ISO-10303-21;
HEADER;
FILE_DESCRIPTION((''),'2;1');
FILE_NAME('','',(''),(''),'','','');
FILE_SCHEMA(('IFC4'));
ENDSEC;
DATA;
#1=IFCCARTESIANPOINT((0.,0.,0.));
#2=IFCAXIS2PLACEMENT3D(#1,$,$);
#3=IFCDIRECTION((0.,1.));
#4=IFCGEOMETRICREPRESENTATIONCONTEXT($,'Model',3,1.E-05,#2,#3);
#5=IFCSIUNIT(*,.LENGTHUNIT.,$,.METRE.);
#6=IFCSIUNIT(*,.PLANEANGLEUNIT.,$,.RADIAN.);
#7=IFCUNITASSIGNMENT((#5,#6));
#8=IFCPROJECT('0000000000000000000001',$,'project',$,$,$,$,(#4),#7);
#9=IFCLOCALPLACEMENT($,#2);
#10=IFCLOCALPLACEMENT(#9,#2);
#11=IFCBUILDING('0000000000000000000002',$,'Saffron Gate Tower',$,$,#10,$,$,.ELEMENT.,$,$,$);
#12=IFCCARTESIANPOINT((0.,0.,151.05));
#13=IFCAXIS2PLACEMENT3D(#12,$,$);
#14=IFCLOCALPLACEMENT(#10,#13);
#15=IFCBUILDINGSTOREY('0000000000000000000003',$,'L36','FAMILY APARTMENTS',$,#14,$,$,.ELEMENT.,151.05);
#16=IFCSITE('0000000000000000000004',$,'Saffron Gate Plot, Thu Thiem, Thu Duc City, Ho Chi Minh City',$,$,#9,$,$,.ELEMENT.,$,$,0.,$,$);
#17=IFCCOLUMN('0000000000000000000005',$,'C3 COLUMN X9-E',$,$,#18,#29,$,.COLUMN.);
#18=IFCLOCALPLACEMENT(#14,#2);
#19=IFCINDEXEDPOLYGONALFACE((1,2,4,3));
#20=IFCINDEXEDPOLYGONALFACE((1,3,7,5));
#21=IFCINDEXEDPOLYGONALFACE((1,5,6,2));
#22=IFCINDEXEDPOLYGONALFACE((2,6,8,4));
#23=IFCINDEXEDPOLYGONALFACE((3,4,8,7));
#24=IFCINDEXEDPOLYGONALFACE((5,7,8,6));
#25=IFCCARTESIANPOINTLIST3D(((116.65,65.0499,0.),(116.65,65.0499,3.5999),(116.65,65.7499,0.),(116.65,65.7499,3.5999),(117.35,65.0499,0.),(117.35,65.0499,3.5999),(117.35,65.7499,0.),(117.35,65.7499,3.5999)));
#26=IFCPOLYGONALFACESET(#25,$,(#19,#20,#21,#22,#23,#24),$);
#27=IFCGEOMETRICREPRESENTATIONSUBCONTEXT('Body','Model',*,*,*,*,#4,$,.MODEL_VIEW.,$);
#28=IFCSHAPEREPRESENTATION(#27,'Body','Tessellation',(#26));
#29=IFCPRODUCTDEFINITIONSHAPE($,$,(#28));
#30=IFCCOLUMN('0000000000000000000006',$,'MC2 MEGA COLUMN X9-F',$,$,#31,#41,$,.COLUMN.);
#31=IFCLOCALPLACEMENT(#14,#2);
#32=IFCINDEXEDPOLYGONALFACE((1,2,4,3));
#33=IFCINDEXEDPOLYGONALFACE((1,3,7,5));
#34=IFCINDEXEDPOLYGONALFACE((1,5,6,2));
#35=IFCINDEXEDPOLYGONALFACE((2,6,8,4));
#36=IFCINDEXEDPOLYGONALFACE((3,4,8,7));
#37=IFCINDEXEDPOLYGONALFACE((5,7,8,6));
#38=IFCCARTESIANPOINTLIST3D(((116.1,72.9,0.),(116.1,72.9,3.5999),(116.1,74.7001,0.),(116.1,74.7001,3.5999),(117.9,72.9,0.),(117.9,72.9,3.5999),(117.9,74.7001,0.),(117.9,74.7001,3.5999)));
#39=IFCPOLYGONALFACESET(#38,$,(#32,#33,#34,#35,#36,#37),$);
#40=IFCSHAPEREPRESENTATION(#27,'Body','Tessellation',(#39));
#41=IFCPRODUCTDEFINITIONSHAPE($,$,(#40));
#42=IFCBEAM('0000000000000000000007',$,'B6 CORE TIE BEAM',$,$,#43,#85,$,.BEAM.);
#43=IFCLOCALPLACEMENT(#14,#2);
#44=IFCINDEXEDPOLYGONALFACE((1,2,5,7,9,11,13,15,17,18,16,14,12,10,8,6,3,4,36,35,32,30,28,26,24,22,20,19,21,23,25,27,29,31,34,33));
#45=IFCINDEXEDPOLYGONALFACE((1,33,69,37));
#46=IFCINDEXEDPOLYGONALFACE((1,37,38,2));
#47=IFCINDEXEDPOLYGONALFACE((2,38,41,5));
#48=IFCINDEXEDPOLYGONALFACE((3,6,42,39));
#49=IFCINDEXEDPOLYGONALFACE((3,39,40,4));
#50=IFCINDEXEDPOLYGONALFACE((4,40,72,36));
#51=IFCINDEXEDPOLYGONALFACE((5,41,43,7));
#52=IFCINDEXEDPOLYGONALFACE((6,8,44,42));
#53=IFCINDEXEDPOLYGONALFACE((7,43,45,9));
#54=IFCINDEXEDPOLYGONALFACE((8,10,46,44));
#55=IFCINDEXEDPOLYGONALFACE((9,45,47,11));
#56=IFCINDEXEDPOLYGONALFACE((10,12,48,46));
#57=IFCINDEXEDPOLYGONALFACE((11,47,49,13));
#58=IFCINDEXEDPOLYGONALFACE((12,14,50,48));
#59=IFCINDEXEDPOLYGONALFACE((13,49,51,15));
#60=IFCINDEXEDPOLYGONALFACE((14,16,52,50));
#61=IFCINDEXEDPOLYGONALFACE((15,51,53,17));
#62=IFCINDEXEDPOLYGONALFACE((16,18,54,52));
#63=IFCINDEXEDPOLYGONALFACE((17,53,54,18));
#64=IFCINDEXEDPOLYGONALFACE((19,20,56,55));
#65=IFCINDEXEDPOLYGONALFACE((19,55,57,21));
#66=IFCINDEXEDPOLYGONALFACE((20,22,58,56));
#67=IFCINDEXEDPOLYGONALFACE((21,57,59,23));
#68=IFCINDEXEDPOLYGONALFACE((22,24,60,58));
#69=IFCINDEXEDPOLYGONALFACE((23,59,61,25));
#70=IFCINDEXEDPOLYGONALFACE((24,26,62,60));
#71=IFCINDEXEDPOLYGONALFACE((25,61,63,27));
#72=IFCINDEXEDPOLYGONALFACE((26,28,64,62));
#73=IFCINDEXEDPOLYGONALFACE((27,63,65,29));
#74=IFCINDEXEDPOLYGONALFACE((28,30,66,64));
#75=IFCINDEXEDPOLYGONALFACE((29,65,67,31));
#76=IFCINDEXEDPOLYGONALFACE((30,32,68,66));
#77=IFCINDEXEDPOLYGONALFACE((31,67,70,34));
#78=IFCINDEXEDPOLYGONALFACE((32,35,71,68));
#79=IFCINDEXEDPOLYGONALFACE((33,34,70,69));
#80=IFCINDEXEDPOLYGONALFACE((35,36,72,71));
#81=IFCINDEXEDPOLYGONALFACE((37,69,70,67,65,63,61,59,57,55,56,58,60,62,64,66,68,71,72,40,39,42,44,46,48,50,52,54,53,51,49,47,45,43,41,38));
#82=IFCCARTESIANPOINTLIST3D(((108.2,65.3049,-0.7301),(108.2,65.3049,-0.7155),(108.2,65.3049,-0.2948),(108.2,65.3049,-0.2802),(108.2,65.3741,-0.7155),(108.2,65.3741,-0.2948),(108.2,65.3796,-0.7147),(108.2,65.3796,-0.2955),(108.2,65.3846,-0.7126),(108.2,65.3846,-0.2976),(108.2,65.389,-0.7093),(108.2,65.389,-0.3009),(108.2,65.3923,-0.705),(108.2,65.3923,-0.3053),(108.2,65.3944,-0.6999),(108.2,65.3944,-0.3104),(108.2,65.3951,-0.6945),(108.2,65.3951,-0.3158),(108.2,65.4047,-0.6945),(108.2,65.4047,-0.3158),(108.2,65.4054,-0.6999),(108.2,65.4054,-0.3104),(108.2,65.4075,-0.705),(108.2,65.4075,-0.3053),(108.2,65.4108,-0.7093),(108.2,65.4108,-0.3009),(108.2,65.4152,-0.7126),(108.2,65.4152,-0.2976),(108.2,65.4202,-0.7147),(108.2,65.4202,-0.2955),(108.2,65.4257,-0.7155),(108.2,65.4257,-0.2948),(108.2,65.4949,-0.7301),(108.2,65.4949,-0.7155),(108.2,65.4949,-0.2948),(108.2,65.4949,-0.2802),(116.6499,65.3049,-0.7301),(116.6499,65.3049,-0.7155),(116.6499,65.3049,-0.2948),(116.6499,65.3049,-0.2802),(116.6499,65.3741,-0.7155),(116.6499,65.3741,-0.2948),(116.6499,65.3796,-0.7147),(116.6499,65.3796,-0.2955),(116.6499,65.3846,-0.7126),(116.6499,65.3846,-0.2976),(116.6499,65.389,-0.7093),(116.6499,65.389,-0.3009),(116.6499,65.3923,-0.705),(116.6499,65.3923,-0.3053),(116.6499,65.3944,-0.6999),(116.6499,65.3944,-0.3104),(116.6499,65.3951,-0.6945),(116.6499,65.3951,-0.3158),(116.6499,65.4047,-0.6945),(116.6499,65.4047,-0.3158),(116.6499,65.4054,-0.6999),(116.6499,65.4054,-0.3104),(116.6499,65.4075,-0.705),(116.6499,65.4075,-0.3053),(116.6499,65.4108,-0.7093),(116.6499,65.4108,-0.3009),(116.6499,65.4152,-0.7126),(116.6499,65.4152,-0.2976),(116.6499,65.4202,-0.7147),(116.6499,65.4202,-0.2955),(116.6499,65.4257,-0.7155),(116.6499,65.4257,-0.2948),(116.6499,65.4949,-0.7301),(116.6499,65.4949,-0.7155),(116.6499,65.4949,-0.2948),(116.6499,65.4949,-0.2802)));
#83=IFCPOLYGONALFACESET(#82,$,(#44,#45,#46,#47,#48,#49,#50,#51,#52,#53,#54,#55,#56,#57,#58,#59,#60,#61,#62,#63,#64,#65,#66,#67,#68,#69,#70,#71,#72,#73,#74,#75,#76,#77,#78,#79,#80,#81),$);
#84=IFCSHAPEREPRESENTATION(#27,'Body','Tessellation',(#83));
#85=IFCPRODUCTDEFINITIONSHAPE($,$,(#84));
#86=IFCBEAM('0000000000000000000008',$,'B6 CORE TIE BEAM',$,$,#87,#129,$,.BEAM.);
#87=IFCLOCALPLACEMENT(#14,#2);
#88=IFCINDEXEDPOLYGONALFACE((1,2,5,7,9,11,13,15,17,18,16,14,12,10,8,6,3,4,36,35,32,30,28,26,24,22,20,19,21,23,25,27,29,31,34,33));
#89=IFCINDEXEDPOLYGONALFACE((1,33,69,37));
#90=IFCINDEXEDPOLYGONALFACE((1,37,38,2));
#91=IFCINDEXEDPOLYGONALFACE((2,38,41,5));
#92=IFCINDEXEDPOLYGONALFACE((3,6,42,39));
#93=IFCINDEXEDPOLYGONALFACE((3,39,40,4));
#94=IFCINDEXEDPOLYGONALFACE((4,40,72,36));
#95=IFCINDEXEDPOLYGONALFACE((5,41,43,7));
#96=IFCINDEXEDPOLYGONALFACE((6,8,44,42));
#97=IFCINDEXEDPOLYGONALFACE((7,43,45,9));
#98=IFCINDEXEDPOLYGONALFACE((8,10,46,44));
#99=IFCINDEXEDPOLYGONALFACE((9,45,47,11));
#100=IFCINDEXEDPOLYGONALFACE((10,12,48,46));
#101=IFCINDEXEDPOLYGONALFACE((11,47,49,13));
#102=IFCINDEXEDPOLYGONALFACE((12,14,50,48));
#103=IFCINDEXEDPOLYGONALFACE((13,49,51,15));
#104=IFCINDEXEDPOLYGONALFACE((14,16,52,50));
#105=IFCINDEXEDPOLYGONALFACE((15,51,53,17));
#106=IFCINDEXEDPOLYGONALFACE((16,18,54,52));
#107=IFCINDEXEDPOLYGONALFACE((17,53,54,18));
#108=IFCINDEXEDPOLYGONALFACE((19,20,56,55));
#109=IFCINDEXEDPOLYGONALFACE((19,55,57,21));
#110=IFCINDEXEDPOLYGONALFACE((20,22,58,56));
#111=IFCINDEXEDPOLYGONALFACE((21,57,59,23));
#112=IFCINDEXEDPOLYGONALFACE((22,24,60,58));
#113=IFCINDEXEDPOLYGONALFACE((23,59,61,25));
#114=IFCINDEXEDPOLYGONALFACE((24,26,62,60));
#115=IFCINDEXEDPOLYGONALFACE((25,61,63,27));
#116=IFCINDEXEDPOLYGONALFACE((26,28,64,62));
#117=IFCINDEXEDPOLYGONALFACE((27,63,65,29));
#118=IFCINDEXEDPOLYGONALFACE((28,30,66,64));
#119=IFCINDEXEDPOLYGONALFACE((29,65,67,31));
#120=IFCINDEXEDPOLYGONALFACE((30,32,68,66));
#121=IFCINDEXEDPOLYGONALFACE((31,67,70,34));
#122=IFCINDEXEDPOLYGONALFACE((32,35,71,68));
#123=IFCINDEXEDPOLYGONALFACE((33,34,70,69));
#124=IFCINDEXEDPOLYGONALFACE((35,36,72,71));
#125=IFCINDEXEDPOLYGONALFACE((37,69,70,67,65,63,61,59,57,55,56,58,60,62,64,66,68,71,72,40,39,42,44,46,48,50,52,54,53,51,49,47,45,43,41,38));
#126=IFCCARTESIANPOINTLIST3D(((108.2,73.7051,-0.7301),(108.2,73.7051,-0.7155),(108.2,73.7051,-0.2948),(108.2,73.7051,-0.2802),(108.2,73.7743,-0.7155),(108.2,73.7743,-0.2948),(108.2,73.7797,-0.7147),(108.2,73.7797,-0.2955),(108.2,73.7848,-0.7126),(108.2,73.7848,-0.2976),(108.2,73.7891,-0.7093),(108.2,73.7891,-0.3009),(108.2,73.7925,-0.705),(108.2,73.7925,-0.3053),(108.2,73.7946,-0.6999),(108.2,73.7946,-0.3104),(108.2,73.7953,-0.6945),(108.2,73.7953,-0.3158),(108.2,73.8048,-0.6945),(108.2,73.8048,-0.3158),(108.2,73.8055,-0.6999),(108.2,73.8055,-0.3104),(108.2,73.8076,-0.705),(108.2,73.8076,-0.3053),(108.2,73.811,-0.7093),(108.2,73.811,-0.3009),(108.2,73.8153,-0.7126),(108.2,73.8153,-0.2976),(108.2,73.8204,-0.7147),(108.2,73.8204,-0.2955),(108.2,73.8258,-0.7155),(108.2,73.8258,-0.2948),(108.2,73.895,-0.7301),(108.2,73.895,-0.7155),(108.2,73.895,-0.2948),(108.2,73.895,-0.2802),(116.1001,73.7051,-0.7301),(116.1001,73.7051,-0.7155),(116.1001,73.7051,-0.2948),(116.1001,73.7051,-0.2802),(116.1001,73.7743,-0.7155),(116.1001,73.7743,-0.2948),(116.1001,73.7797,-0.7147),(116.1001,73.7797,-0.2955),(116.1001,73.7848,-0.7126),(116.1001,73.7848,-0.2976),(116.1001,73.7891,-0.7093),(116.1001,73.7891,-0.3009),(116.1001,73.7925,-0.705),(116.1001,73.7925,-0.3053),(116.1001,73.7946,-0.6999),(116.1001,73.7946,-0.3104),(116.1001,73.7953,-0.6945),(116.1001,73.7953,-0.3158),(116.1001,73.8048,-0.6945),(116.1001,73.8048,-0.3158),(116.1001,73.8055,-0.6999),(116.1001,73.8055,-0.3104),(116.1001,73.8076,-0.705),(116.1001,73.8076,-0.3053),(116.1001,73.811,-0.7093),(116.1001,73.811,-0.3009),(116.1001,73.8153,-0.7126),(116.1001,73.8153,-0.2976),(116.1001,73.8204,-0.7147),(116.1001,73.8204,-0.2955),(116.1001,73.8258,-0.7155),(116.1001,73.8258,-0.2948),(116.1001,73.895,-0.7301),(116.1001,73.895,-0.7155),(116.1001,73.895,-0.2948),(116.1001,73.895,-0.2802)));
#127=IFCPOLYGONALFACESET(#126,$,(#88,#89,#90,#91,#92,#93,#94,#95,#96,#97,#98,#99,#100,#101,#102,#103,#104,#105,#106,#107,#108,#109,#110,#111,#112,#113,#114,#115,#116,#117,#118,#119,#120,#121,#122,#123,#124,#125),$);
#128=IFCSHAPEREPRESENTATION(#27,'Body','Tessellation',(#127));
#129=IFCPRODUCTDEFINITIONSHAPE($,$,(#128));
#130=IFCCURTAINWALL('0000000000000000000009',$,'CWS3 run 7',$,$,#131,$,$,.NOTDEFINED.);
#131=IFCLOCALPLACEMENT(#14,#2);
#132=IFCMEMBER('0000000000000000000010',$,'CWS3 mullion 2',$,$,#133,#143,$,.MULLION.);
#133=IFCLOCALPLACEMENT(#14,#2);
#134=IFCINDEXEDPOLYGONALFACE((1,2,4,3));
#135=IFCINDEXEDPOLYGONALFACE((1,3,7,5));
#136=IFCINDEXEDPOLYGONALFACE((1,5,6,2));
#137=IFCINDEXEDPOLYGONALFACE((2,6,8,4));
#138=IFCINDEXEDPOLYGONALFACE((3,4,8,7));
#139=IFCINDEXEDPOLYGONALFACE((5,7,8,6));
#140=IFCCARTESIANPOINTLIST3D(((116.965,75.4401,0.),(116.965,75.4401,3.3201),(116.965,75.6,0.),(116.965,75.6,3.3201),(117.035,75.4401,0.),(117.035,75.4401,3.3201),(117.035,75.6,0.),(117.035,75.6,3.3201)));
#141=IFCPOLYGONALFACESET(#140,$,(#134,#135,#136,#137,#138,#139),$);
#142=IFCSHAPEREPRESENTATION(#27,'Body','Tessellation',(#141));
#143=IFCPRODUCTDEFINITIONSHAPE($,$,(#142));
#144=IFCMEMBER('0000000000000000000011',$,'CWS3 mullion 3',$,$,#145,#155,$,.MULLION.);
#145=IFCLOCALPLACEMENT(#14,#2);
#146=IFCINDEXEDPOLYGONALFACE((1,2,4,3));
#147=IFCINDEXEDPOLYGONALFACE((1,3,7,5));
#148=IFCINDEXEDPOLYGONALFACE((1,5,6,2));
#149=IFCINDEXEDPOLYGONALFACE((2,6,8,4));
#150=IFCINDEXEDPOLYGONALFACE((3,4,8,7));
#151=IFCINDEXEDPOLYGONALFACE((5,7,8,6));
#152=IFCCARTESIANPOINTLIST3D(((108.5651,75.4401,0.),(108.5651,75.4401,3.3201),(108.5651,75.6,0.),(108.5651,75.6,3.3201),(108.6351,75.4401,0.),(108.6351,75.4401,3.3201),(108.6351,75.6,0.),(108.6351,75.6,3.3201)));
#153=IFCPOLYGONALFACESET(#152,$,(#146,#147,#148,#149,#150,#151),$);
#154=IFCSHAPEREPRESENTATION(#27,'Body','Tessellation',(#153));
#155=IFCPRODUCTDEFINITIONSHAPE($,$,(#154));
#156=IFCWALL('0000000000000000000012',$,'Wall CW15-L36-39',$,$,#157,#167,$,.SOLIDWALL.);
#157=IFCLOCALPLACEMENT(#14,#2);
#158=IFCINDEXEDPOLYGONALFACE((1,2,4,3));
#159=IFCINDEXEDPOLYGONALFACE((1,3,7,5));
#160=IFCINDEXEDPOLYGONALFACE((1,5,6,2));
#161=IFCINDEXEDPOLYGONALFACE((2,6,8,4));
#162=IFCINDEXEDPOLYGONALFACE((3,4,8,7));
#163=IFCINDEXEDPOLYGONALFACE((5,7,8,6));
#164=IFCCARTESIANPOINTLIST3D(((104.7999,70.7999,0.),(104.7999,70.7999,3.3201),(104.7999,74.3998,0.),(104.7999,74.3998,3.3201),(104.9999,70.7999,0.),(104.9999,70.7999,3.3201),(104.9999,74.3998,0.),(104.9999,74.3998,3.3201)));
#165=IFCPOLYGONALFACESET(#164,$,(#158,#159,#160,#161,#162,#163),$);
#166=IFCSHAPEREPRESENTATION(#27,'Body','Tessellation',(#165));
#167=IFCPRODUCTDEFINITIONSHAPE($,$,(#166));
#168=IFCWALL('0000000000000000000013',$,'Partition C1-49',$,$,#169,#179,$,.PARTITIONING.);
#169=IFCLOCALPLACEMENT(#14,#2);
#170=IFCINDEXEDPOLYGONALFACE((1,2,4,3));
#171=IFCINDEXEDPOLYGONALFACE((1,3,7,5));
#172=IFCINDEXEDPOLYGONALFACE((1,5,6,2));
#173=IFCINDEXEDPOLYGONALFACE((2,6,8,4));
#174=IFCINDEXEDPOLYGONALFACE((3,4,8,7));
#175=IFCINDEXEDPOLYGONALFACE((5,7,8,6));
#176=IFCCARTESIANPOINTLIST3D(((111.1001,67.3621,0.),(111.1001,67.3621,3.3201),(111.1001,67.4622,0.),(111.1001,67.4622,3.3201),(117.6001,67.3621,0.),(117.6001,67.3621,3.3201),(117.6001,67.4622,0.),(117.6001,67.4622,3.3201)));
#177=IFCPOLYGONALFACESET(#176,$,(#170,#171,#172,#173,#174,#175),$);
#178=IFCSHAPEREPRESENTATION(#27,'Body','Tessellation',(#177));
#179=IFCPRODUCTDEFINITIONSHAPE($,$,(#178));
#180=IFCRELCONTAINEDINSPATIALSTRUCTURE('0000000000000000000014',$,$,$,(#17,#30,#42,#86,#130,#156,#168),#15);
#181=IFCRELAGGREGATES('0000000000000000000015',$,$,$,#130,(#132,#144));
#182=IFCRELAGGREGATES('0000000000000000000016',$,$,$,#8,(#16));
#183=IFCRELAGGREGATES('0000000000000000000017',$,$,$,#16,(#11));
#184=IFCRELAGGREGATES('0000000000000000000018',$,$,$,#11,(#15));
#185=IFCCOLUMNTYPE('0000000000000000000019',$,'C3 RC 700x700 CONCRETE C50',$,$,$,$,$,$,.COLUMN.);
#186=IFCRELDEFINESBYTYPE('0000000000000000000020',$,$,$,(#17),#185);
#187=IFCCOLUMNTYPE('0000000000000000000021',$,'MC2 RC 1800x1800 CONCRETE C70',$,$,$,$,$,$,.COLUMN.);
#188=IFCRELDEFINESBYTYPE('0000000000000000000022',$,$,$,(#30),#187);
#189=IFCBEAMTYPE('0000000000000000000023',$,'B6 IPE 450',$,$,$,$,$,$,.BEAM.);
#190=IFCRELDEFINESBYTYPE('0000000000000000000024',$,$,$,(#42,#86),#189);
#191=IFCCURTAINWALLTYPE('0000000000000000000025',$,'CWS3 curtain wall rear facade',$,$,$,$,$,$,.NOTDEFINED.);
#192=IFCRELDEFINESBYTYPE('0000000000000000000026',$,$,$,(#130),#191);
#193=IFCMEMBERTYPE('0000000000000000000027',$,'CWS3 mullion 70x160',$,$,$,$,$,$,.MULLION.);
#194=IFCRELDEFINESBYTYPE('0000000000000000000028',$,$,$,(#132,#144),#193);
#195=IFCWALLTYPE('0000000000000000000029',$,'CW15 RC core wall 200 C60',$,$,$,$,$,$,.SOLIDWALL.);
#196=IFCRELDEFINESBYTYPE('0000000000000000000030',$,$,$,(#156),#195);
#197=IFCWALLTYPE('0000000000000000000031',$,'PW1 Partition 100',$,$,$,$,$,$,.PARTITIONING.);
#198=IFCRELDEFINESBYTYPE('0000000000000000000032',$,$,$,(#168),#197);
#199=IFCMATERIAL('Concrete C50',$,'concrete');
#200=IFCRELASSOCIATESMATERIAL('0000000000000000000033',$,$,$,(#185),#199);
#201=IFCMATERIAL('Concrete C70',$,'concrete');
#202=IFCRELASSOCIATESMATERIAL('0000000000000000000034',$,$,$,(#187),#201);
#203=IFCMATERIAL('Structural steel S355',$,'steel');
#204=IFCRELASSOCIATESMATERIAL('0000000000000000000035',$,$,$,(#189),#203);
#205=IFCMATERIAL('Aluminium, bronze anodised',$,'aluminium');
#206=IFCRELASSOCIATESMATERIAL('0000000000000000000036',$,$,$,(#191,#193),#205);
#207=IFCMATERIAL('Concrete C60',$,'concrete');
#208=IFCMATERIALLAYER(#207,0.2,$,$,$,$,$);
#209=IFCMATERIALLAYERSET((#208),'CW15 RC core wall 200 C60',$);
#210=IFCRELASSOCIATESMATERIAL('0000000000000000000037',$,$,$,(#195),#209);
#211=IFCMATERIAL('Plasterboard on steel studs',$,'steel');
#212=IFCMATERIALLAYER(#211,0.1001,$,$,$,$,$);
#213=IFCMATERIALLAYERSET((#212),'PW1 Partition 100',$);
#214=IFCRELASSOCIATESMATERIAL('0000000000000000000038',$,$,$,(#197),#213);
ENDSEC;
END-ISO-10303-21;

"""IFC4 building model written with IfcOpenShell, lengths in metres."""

from ifc_helpers import new_model, si_unit, direction, frame, frame_2d, origin, origin_2d, place, context, subcontext, project, spatial, rectangle, i_section, extrude, material, layer, layer_set, material_profile, profile_set, type_object, element, aggregate, save


model = new_model("IFC4")

# Units and contexts
model_context = context("Model", 3, precision=1e-05, world=origin(), true_north=direction((0.0, 1.0)))
body_context = subcontext(model_context, "Body", "Model", "MODEL_VIEW")
ifc_project = project(units=[si_unit("LENGTHUNIT", "METRE"), si_unit("PLANEANGLEUNIT", "RADIAN")], contexts=[model_context])

# Site, building, storey
site_placement = place(None, origin())
site = spatial("IfcSite", under=ifc_project, at=site_placement, Name="Saffron Gate Plot, Thu Thiem, Thu Duc City, Ho Chi Minh City", CompositionType="ELEMENT", RefElevation=0.0)
building_placement = place(site_placement, origin())
building = spatial("IfcBuilding", under=site, at=building_placement, Name="Saffron Gate Tower", CompositionType="ELEMENT")
storey_placement = place(building_placement, frame((0.0, 0.0, 151.05)))
storey = spatial("IfcBuildingStorey", under=building, at=storey_placement, Name="L36", Description="FAMILY APARTMENTS", CompositionType="ELEMENT", Elevation=151.05)

# Columns
ifc_material_1 = material(Name="Concrete C50", Category="concrete")
ifc_material_profile_1 = material_profile(ifc_material_1, rectangle(XDim=0.7, YDim=0.7, at=origin_2d()))
ifc_profile_set_1 = profile_set([ifc_material_profile_1], Name="Concrete C50")
column_type_1 = type_object("IfcColumnType", Name="C3 RC 700x700 CONCRETE C50", PredefinedType="COLUMN", material=ifc_profile_set_1)
column_1_placement = place(storey_placement, frame((117.0, 65.3999, 0.0), z_axis=(0.0, 0.0, 1.0), x_axis=(1.0, 0.0, 0.0)))
element("IfcColumn", 1, at=column_1_placement, inside=storey, type_object=column_type_1, Name="C3 COLUMN X9-E", PredefinedType="COLUMN", context=body_context, shape_type="SweptSolid", body=[
    extrude(rectangle(XDim=0.7, YDim=0.7, at=origin_2d()), origin(), (0.0, 0.0, 1.0), 3.5999),
])
ifc_material_2 = material(Name="Concrete C70", Category="concrete")
ifc_material_profile_2 = material_profile(ifc_material_2, rectangle(XDim=1.8, YDim=1.8, at=origin_2d()))
ifc_profile_set_2 = profile_set([ifc_material_profile_2], Name="Concrete C70")
column_type_2 = type_object("IfcColumnType", Name="MC2 RC 1800x1800 CONCRETE C70", PredefinedType="COLUMN", material=ifc_profile_set_2)
column_2_placement = place(storey_placement, frame((117.0, 73.8, 0.0), z_axis=(0.0, 0.0, 1.0), x_axis=(1.0, 0.0, 0.0)))
element("IfcColumn", 2, at=column_2_placement, inside=storey, type_object=column_type_2, Name="MC2 MEGA COLUMN X9-F", PredefinedType="COLUMN", context=body_context, shape_type="SweptSolid", body=[
    extrude(rectangle(XDim=1.8, YDim=1.8, at=origin_2d()), origin(), (0.0, 0.0, 1.0), 3.5999),
])

# Beams
ifc_material_3 = material(Name="Structural steel S355", Category="steel")
ifc_material_profile_3 = material_profile(ifc_material_3, i_section(OverallWidth=0.1899, OverallDepth=0.45, WebThickness=0.0095, FlangeThickness=0.0146, FilletRadius=0.021, at=origin_2d()))
ifc_profile_set_3 = profile_set([ifc_material_profile_3], Name="Structural steel S355")
beam_type = type_object("IfcBeamType", Name="B6 IPE 450", PredefinedType="BEAM", material=ifc_profile_set_3)
beam_1_placement = place(storey_placement, frame((116.6499, 65.3999, -0.5051), z_axis=(-1.0, 0.0, 0.0), x_axis=(0.0, -1.0, 0.0)))
element("IfcBeam", 3, at=beam_1_placement, inside=storey, type_object=beam_type, Name="B6 CORE TIE BEAM", PredefinedType="BEAM", context=body_context, shape_type="SweptSolid", body=[
    extrude(i_section(OverallWidth=0.1899, OverallDepth=0.45, WebThickness=0.0095, FlangeThickness=0.0146, FilletRadius=0.021, at=origin_2d()), origin(), (0.0, 0.0, 1.0), 8.45),
])
beam_2_placement = place(storey_placement, frame((116.1001, 73.8, -0.5051), z_axis=(-1.0, 0.0, 0.0), x_axis=(0.0, -1.0, 0.0)))
element("IfcBeam", 4, at=beam_2_placement, inside=storey, type_object=beam_type, Name="B6 CORE TIE BEAM", PredefinedType="BEAM", context=body_context, shape_type="SweptSolid", body=[
    extrude(i_section(OverallWidth=0.1899, OverallDepth=0.45, WebThickness=0.0095, FlangeThickness=0.0146, FilletRadius=0.021, at=origin_2d()), origin(), (0.0, 0.0, 1.0), 7.9001),
])

# Curtain wall, members
ifc_material_4 = material(Name="Aluminium, bronze anodised", Category="aluminium")
curtain_wall_type = type_object("IfcCurtainWallType", Name="CWS3 curtain wall rear facade", PredefinedType="NOTDEFINED", material=ifc_material_4)
curtain_wall_placement = place(storey_placement, origin())
curtain_wall = element("IfcCurtainWall", 5, at=curtain_wall_placement, inside=storey, type_object=curtain_wall_type, Name="CWS3 run 7", PredefinedType="NOTDEFINED")
ifc_material_profile_4 = material_profile(ifc_material_4, rectangle(XDim=0.1599, YDim=0.0701, at=origin_2d()))
ifc_profile_set_4 = profile_set([ifc_material_profile_4], Name="Aluminium, bronze anodised")
member_type = type_object("IfcMemberType", Name="CWS3 mullion 70x160", PredefinedType="MULLION", material=ifc_profile_set_4)
member_1_placement = place(storey_placement, frame((117.0, 75.52, 0.0), z_axis=(0.0, 0.0, 1.0), x_axis=(0.0, -1.0, 0.0)))
member_1 = element("IfcMember", 6, at=member_1_placement, type_object=member_type, Name="CWS3 mullion 2", PredefinedType="MULLION", context=body_context, shape_type="SweptSolid", body=[
    extrude(rectangle(XDim=0.1599, YDim=0.0701, at=origin_2d()), origin(), (0.0, 0.0, 1.0), 3.3201),
])
member_2_placement = place(storey_placement, frame((108.6001, 75.52, 0.0), z_axis=(0.0, 0.0, 1.0), x_axis=(0.0, -1.0, 0.0)))
member_2 = element("IfcMember", 7, at=member_2_placement, type_object=member_type, Name="CWS3 mullion 3", PredefinedType="MULLION", context=body_context, shape_type="SweptSolid", body=[
    extrude(rectangle(XDim=0.1599, YDim=0.0701, at=origin_2d()), origin(), (0.0, 0.0, 1.0), 3.3201),
])
aggregate(curtain_wall, [member_1, member_2])

# Walls
ifc_material_5 = material(Name="Concrete C60", Category="concrete")
ifc_layer_1 = layer(ifc_material_5, 0.2)
ifc_layer_set_1 = layer_set([ifc_layer_1], Name="CW15 RC core wall 200 C60")
wall_type_1 = type_object("IfcWallType", Name="CW15 RC core wall 200 C60", PredefinedType="SOLIDWALL", material=ifc_layer_set_1)
wall_1_placement = place(storey_placement, frame((104.8999, 70.8, 0.0), z_axis=(0.0, 0.0, 1.0), x_axis=(0.0, 1.0, 0.0)))
element("IfcWall", 8, at=wall_1_placement, inside=storey, type_object=wall_type_1, Name="Wall CW15-L36-39", PredefinedType="SOLIDWALL", context=body_context, shape_type="SweptSolid", body=[
    extrude(rectangle(XDim=3.5999, YDim=0.2, at=frame_2d((1.7998, 0.0))), origin(), (0.0, 0.0, 1.0), 3.3201),
])
ifc_material_6 = material(Name="Plasterboard on steel studs", Category="steel")
ifc_layer_2 = layer(ifc_material_6, 0.1001)
ifc_layer_set_2 = layer_set([ifc_layer_2], Name="PW1 Partition 100")
wall_type_2 = type_object("IfcWallType", Name="PW1 Partition 100", PredefinedType="PARTITIONING", material=ifc_layer_set_2)
wall_2_placement = place(storey_placement, frame((111.1001, 67.4121, 0.0), z_axis=(0.0, 0.0, 1.0), x_axis=(1.0, 0.0, 0.0)))
element("IfcWall", 9, at=wall_2_placement, inside=storey, type_object=wall_type_2, Name="Partition C1-49", PredefinedType="PARTITIONING", context=body_context, shape_type="SweptSolid", body=[
    extrude(rectangle(XDim=6.5, YDim=0.1001, at=frame_2d((3.25, 0.0))), origin(), (0.0, 0.0, 1.0), 3.3201),
])

save(model, "model.ifc")
